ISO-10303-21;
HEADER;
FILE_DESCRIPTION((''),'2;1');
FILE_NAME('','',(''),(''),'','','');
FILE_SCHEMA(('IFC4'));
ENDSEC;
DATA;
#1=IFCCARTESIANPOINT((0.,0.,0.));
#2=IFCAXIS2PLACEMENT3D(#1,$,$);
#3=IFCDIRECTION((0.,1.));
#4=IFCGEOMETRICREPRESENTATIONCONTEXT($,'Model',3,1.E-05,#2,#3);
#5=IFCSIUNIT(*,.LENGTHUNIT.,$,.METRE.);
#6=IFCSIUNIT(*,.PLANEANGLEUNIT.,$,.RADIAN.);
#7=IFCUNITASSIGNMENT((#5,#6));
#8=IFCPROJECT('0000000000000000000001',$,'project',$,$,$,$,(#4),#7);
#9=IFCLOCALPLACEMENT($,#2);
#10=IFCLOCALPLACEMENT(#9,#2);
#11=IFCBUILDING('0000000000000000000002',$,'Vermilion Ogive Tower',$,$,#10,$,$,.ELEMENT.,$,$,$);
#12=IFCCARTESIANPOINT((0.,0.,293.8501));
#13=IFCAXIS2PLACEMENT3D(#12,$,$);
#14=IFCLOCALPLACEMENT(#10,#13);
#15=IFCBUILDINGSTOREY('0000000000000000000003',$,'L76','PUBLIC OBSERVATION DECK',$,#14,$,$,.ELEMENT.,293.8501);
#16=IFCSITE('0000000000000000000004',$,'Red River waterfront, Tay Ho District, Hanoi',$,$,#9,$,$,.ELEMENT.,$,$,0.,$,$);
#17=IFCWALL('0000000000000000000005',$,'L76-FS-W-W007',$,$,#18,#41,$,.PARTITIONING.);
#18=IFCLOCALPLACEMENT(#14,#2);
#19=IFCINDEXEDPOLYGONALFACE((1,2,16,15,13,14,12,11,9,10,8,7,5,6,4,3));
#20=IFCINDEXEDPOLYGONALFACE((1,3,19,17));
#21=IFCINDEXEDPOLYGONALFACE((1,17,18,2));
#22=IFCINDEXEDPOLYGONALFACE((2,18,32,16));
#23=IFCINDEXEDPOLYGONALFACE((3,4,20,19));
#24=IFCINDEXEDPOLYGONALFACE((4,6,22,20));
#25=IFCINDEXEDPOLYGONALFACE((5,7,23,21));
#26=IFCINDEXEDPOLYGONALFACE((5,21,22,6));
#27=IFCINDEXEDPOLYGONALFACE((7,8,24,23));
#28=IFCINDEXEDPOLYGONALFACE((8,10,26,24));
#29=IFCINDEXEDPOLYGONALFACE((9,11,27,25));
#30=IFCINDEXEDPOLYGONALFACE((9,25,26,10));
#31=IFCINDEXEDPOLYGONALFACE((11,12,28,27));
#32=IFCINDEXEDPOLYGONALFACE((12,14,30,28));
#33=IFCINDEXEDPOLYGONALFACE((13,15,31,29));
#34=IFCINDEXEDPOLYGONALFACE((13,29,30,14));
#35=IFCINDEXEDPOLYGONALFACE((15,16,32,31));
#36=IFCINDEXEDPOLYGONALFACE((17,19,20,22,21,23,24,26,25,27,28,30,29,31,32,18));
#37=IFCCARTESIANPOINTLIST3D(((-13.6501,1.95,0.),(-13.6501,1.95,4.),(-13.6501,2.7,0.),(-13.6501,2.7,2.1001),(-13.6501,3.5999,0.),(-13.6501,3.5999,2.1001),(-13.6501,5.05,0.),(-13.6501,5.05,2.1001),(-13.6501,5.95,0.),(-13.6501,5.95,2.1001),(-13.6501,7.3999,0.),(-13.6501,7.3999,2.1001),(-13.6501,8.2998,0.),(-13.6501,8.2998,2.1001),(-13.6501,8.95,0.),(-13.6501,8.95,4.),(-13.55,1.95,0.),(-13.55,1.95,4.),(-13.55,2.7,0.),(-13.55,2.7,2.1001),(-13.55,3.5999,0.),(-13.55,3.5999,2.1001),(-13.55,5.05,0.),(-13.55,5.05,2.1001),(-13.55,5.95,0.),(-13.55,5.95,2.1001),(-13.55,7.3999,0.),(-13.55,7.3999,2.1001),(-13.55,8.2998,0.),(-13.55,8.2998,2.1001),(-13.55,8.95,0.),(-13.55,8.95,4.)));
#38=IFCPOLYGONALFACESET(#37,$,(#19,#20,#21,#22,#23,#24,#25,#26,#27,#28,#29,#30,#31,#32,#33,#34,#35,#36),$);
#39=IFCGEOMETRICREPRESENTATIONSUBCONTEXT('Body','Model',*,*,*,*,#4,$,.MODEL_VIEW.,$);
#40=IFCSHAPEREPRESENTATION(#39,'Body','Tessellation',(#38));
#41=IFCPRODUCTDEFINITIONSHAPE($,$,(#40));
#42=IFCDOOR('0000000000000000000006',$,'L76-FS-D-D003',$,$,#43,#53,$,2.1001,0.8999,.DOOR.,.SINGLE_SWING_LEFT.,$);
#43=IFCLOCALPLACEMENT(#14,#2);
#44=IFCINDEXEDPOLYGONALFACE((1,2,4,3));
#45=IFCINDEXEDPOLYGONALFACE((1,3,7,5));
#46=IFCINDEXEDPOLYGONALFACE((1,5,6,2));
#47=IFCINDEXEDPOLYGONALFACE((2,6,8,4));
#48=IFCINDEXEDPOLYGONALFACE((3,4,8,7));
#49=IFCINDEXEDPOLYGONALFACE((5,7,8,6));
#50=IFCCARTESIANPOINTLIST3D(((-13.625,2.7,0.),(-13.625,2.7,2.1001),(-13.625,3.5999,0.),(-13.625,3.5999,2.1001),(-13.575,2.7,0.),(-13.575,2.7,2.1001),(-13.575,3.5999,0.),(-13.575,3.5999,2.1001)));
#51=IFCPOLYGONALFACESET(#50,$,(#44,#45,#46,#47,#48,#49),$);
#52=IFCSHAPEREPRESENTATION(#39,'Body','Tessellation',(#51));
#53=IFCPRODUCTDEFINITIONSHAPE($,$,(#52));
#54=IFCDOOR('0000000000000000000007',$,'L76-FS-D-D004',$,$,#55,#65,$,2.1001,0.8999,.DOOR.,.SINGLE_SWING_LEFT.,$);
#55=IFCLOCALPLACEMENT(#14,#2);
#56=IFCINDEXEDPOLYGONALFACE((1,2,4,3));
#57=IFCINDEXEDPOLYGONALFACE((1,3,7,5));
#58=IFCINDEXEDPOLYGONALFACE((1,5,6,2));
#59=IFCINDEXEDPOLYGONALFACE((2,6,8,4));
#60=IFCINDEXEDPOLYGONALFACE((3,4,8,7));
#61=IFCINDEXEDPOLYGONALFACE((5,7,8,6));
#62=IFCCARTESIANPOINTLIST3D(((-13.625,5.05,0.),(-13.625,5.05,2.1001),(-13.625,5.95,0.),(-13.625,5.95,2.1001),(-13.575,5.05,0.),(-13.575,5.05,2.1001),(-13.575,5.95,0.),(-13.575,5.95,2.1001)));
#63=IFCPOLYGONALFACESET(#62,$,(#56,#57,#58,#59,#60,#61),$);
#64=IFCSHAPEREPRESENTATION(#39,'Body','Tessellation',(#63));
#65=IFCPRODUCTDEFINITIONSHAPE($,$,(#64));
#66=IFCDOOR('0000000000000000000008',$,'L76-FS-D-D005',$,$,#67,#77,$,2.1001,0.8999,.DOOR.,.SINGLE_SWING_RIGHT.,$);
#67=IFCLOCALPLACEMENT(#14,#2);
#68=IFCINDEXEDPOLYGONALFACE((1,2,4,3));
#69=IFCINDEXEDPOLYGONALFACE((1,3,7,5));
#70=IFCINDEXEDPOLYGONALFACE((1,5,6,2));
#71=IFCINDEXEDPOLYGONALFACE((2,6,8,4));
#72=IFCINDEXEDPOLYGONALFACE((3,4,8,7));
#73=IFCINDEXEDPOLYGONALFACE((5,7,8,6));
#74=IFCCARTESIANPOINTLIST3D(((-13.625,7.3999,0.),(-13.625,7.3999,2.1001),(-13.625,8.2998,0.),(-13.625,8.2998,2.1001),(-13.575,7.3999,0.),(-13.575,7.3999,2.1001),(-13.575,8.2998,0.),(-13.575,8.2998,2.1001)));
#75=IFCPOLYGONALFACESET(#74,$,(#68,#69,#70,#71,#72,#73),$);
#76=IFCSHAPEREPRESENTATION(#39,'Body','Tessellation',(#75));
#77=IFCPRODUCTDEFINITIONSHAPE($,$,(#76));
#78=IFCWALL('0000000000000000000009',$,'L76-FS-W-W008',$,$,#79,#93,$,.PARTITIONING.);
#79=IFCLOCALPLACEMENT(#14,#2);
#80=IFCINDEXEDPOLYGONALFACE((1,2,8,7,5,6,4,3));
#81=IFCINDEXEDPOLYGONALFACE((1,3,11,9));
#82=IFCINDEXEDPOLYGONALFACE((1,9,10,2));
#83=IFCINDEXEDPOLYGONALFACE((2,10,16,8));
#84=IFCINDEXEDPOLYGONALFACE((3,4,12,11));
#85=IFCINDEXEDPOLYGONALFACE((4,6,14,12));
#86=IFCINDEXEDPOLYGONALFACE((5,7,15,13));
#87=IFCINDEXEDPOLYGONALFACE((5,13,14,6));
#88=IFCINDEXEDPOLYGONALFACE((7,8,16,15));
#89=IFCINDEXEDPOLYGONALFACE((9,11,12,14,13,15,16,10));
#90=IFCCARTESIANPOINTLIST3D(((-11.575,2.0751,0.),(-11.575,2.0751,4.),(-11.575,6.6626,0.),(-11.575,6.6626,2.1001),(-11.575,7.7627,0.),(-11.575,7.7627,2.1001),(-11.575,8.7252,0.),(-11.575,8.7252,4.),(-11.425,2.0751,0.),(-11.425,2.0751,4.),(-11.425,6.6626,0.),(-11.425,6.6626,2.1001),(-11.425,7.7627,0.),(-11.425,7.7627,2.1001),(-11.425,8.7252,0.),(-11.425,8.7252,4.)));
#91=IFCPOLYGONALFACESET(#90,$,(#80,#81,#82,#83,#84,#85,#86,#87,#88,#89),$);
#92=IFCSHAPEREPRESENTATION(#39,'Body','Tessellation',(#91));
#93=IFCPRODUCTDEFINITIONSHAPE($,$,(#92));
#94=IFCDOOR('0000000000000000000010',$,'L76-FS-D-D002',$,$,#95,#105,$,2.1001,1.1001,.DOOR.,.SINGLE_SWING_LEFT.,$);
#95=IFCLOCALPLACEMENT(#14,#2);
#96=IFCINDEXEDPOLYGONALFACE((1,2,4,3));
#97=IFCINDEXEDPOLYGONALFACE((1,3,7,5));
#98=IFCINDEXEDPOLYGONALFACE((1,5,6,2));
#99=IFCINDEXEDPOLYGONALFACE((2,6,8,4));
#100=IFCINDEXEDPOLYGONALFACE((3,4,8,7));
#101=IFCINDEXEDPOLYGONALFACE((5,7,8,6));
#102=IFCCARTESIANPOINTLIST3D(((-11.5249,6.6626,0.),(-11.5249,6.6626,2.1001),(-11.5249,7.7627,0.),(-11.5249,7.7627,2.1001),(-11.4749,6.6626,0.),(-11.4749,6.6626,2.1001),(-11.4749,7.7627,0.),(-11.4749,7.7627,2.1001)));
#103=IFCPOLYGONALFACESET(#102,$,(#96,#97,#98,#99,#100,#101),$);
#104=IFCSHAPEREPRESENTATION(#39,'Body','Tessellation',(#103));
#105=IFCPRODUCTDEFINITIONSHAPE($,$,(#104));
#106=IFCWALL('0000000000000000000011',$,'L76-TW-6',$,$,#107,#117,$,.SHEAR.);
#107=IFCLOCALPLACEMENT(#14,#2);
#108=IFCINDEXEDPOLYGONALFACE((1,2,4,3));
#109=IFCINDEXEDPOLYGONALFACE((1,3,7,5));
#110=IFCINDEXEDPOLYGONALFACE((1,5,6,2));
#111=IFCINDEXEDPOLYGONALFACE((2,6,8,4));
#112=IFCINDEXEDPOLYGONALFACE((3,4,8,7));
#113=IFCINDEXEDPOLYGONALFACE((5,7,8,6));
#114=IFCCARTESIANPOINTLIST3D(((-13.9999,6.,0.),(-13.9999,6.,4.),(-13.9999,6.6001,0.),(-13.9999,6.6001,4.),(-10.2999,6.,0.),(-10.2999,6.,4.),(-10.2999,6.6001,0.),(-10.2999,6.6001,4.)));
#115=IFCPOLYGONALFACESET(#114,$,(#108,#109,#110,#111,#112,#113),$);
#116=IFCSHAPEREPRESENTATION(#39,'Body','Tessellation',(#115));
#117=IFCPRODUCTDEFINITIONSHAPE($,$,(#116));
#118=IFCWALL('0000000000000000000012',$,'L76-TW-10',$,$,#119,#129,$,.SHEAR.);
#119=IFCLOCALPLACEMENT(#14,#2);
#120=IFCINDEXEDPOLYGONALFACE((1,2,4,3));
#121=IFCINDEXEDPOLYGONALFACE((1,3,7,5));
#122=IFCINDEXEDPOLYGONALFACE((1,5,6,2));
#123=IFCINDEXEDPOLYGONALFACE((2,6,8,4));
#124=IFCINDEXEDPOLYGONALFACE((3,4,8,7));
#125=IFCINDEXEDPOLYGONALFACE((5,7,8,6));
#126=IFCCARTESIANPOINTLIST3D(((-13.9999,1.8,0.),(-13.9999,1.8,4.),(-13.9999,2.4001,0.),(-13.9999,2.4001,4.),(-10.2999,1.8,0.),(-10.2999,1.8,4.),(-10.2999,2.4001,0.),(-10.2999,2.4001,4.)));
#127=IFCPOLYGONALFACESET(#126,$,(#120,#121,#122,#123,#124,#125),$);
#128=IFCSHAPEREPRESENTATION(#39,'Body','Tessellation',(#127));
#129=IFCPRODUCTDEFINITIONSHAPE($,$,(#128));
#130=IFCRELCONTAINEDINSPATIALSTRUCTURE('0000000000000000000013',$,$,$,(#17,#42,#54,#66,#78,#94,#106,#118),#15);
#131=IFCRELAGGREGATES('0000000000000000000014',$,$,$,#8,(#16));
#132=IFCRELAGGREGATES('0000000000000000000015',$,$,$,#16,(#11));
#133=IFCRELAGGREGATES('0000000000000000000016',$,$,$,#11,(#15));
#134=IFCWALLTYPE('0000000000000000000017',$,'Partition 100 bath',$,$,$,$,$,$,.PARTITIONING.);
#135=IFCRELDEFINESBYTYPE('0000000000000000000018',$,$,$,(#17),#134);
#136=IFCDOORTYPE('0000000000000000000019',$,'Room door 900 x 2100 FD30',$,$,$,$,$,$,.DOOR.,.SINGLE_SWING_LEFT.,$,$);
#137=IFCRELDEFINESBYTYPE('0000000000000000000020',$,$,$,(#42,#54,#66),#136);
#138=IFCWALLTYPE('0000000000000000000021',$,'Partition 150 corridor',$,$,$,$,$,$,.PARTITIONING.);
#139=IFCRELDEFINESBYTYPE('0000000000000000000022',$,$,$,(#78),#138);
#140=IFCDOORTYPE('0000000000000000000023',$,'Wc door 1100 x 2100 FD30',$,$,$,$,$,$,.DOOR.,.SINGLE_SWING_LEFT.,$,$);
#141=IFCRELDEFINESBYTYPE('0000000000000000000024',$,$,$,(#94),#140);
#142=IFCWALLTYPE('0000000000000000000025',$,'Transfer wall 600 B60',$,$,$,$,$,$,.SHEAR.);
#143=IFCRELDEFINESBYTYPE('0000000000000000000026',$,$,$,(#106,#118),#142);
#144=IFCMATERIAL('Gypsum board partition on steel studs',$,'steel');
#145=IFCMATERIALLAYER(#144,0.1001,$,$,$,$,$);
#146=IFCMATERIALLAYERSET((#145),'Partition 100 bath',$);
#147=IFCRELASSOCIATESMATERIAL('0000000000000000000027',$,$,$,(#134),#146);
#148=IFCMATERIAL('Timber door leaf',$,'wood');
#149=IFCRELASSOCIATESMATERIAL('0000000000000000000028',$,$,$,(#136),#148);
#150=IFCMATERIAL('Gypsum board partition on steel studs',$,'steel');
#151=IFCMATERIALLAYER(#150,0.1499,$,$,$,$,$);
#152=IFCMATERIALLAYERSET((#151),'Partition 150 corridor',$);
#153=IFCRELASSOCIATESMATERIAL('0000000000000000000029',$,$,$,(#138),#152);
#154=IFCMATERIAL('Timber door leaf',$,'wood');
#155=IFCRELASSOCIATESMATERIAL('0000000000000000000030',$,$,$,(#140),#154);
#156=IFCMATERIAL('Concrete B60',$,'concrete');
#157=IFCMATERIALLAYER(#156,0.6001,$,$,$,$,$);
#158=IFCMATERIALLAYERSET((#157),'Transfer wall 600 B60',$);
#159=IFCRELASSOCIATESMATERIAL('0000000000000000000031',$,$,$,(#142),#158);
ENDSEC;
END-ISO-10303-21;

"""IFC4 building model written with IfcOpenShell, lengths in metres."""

from ifc_helpers import new_model, si_unit, direction, frame, frame_2d, origin, place, context, subcontext, project, spatial, rectangle, extrude, material, layer, layer_set, type_object, element, fill, save


model = new_model("IFC4")

# Units and contexts
model_context = context("Model", 3, precision=1e-05, world=origin(), true_north=direction((0.0, 1.0)))
body_context = subcontext(model_context, "Body", "Model", "MODEL_VIEW")
ifc_project = project(units=[si_unit("LENGTHUNIT", "METRE"), si_unit("PLANEANGLEUNIT", "RADIAN")], contexts=[model_context])

# Site, building, storey
site_placement = place(None, origin())
site = spatial("IfcSite", under=ifc_project, at=site_placement, Name="Red River waterfront, Tay Ho District, Hanoi", CompositionType="ELEMENT", RefElevation=0.0)
building_placement = place(site_placement, origin())
building = spatial("IfcBuilding", under=site, at=building_placement, Name="Vermilion Ogive Tower", CompositionType="ELEMENT")
storey_placement = place(building_placement, frame((0.0, 0.0, 293.8501)))
storey = spatial("IfcBuildingStorey", under=building, at=storey_placement, Name="L76", Description="PUBLIC OBSERVATION DECK", CompositionType="ELEMENT", Elevation=293.8501)

# Shared definitions
ifc_material_1 = material(Name="Gypsum board partition on steel studs", Category="steel")
ifc_layer_1 = layer(ifc_material_1, 0.1001)
ifc_layer_set_1 = layer_set([ifc_layer_1], Name="Partition 100 bath")
wall_type_1 = type_object("IfcWallType", Name="Partition 100 bath", PredefinedType="PARTITIONING", material=ifc_layer_set_1)

# Wall, openings, doors
wall_1_placement = place(storey_placement, frame((-13.6001, 1.95, 0.0), z_axis=(0.0, 0.0, 1.0), x_axis=(0.0, 1.0, 0.0)))
wall_1 = element("IfcWall", 1, at=wall_1_placement, inside=storey, type_object=wall_type_1, Name="L76-FS-W-W007", PredefinedType="PARTITIONING", context=body_context, shape_type="SweptSolid", body=[
    extrude(rectangle(XDim=7.0, YDim=0.1001, at=frame_2d((3.5, 0.0))), origin(), (0.0, 0.0, 1.0), 4.0),
])
opening_1_placement = place(wall_1_placement, frame((0.75, 0.0, 0.0)))
opening_1 = element("IfcOpeningElement", 2, at=opening_1_placement, cuts=wall_1, PredefinedType="OPENING", context=body_context, shape_type="SweptSolid", body=[
    extrude(rectangle(XDim=0.8999, YDim=2.1001, at=frame_2d((0.45, 1.05))), frame((0.0, 0.0601, 0.0), z_axis=(0.0, -1.0, 0.0), x_axis=(1.0, 0.0, 0.0)), (0.0, 0.0, 1.0), 0.1201),
])
opening_2_placement = place(wall_1_placement, frame((3.1001, 0.0, 0.0)))
opening_2 = element("IfcOpeningElement", 3, at=opening_2_placement, cuts=wall_1, PredefinedType="OPENING", context=body_context, shape_type="SweptSolid", body=[
    extrude(rectangle(XDim=0.8999, YDim=2.1001, at=frame_2d((0.45, 1.05))), frame((0.0, 0.0601, 0.0), z_axis=(0.0, -1.0, 0.0), x_axis=(1.0, 0.0, 0.0)), (0.0, 0.0, 1.0), 0.1201),
])
opening_3_placement = place(wall_1_placement, frame((5.45, 0.0, 0.0)))
opening_3 = element("IfcOpeningElement", 4, at=opening_3_placement, cuts=wall_1, PredefinedType="OPENING", context=body_context, shape_type="SweptSolid", body=[
    extrude(rectangle(XDim=0.8999, YDim=2.1001, at=frame_2d((0.45, 1.05))), frame((0.0, 0.0601, 0.0), z_axis=(0.0, -1.0, 0.0), x_axis=(1.0, 0.0, 0.0)), (0.0, 0.0, 1.0), 0.1201),
])
ifc_material_2 = material(Name="Timber door leaf", Category="wood")
door_type_1 = type_object("IfcDoorType", Name="Room door 900 x 2100 FD30", OperationType="SINGLE_SWING_LEFT", PredefinedType="DOOR", material=ifc_material_2)
door_1_placement = place(opening_1_placement, origin())
door_1 = element("IfcDoor", 5, at=door_1_placement, inside=storey, type_object=door_type_1, Name="L76-FS-D-D003", OperationType="SINGLE_SWING_LEFT", OverallHeight=2.1001, OverallWidth=0.8999, PredefinedType="DOOR", context=body_context, shape_type="SweptSolid", body=[
    extrude(rectangle(XDim=0.8999, YDim=2.1001, at=frame_2d((0.45, 1.05))), frame((0.0, 0.0249, 0.0), z_axis=(0.0, -1.0, 0.0), x_axis=(1.0, 0.0, 0.0)), (0.0, 0.0, 1.0), 0.05),
])
fill(opening_1, door_1)
door_2_placement = place(opening_2_placement, origin())
door_2 = element("IfcDoor", 6, at=door_2_placement, inside=storey, type_object=door_type_1, Name="L76-FS-D-D004", OperationType="SINGLE_SWING_LEFT", OverallHeight=2.1001, OverallWidth=0.8999, PredefinedType="DOOR", context=body_context, shape_type="SweptSolid", body=[
    extrude(rectangle(XDim=0.8999, YDim=2.1001, at=frame_2d((0.45, 1.05))), frame((0.0, 0.0249, 0.0), z_axis=(0.0, -1.0, 0.0), x_axis=(1.0, 0.0, 0.0)), (0.0, 0.0, 1.0), 0.05),
])
fill(opening_2, door_2)
door_3_placement = place(opening_3_placement, origin())
door_3 = element("IfcDoor", 7, at=door_3_placement, inside=storey, type_object=door_type_1, Name="L76-FS-D-D005", OperationType="SINGLE_SWING_RIGHT", OverallHeight=2.1001, OverallWidth=0.8999, PredefinedType="DOOR", context=body_context, shape_type="SweptSolid", body=[
    extrude(rectangle(XDim=0.8999, YDim=2.1001, at=frame_2d((0.45, 1.05))), frame((0.0, 0.0249, 0.0), z_axis=(0.0, -1.0, 0.0), x_axis=(1.0, 0.0, 0.0)), (0.0, 0.0, 1.0), 0.05),
])
fill(opening_3, door_3)

# Wall, opening, door
ifc_material_3 = material(Name="Gypsum board partition on steel studs", Category="steel")
ifc_layer_2 = layer(ifc_material_3, 0.1499)
ifc_layer_set_2 = layer_set([ifc_layer_2], Name="Partition 150 corridor")
wall_type_2 = type_object("IfcWallType", Name="Partition 150 corridor", PredefinedType="PARTITIONING", material=ifc_layer_set_2)
wall_2_placement = place(storey_placement, frame((-11.5, 2.075, 0.0), z_axis=(0.0, 0.0, 1.0), x_axis=(0.0, 1.0, 0.0)))
wall_2 = element("IfcWall", 8, at=wall_2_placement, inside=storey, type_object=wall_type_2, Name="L76-FS-W-W008", PredefinedType="PARTITIONING", context=body_context, shape_type="SweptSolid", body=[
    extrude(rectangle(XDim=6.6501, YDim=0.1499, at=frame_2d((3.3252, 0.0))), origin(), (0.0, 0.0, 1.0), 4.0),
])
opening_4_placement = place(wall_2_placement, frame((4.5876, 0.0, 0.0)))
opening_4 = element("IfcOpeningElement", 9, at=opening_4_placement, cuts=wall_2, PredefinedType="OPENING", context=body_context, shape_type="SweptSolid", body=[
    extrude(rectangle(XDim=1.1001, YDim=2.1001, at=frame_2d((0.55, 1.05))), frame((0.0, 0.085, 0.0), z_axis=(0.0, -1.0, 0.0), x_axis=(1.0, 0.0, 0.0)), (0.0, 0.0, 1.0), 0.1699),
])
ifc_material_4 = material(Name="Timber door leaf", Category="wood")
door_type_2 = type_object("IfcDoorType", Name="Wc door 1100 x 2100 FD30", OperationType="SINGLE_SWING_LEFT", PredefinedType="DOOR", material=ifc_material_4)
door_4_placement = place(opening_4_placement, origin())
door_4 = element("IfcDoor", 10, at=door_4_placement, inside=storey, type_object=door_type_2, Name="L76-FS-D-D002", OperationType="SINGLE_SWING_LEFT", OverallHeight=2.1001, OverallWidth=1.1001, PredefinedType="DOOR", context=body_context, shape_type="SweptSolid", body=[
    extrude(rectangle(XDim=1.1001, YDim=2.1001, at=frame_2d((0.55, 1.05))), frame((0.0, 0.0249, 0.0), z_axis=(0.0, -1.0, 0.0), x_axis=(1.0, 0.0, 0.0)), (0.0, 0.0, 1.0), 0.05),
])
fill(opening_4, door_4)

# Walls
ifc_material_5 = material(Name="Concrete B60", Category="concrete")
ifc_layer_3 = layer(ifc_material_5, 0.6001)
ifc_layer_set_3 = layer_set([ifc_layer_3], Name="Transfer wall 600 B60")
wall_type_3 = type_object("IfcWallType", Name="Transfer wall 600 B60", PredefinedType="SHEAR", material=ifc_layer_set_3)
for number, where, z_axis, x_axis, name in (
    (11, (-14.0, 6.3, 0.0), (0.0, 0.0, 1.0), (1.0, 0.0, 0.0), "L76-TW-6"),
    (12, (-14.0, 2.1001, 0.0), (0.0, 0.0, 1.0), (1.0, 0.0, 0.0), "L76-TW-10"),
):
    element("IfcWall", number, at=place(storey_placement, frame(where, z_axis=z_axis, x_axis=x_axis)), inside=storey, type_object=wall_type_3, Name=name, PredefinedType="SHEAR", context=body_context, shape_type="SweptSolid", body=[
        extrude(rectangle(XDim=3.7, YDim=0.6001, at=frame_2d((1.8501, 0.0))), origin(), (0.0, 0.0, 1.0), 4.0),
    ])

save(model, "model.ifc")
